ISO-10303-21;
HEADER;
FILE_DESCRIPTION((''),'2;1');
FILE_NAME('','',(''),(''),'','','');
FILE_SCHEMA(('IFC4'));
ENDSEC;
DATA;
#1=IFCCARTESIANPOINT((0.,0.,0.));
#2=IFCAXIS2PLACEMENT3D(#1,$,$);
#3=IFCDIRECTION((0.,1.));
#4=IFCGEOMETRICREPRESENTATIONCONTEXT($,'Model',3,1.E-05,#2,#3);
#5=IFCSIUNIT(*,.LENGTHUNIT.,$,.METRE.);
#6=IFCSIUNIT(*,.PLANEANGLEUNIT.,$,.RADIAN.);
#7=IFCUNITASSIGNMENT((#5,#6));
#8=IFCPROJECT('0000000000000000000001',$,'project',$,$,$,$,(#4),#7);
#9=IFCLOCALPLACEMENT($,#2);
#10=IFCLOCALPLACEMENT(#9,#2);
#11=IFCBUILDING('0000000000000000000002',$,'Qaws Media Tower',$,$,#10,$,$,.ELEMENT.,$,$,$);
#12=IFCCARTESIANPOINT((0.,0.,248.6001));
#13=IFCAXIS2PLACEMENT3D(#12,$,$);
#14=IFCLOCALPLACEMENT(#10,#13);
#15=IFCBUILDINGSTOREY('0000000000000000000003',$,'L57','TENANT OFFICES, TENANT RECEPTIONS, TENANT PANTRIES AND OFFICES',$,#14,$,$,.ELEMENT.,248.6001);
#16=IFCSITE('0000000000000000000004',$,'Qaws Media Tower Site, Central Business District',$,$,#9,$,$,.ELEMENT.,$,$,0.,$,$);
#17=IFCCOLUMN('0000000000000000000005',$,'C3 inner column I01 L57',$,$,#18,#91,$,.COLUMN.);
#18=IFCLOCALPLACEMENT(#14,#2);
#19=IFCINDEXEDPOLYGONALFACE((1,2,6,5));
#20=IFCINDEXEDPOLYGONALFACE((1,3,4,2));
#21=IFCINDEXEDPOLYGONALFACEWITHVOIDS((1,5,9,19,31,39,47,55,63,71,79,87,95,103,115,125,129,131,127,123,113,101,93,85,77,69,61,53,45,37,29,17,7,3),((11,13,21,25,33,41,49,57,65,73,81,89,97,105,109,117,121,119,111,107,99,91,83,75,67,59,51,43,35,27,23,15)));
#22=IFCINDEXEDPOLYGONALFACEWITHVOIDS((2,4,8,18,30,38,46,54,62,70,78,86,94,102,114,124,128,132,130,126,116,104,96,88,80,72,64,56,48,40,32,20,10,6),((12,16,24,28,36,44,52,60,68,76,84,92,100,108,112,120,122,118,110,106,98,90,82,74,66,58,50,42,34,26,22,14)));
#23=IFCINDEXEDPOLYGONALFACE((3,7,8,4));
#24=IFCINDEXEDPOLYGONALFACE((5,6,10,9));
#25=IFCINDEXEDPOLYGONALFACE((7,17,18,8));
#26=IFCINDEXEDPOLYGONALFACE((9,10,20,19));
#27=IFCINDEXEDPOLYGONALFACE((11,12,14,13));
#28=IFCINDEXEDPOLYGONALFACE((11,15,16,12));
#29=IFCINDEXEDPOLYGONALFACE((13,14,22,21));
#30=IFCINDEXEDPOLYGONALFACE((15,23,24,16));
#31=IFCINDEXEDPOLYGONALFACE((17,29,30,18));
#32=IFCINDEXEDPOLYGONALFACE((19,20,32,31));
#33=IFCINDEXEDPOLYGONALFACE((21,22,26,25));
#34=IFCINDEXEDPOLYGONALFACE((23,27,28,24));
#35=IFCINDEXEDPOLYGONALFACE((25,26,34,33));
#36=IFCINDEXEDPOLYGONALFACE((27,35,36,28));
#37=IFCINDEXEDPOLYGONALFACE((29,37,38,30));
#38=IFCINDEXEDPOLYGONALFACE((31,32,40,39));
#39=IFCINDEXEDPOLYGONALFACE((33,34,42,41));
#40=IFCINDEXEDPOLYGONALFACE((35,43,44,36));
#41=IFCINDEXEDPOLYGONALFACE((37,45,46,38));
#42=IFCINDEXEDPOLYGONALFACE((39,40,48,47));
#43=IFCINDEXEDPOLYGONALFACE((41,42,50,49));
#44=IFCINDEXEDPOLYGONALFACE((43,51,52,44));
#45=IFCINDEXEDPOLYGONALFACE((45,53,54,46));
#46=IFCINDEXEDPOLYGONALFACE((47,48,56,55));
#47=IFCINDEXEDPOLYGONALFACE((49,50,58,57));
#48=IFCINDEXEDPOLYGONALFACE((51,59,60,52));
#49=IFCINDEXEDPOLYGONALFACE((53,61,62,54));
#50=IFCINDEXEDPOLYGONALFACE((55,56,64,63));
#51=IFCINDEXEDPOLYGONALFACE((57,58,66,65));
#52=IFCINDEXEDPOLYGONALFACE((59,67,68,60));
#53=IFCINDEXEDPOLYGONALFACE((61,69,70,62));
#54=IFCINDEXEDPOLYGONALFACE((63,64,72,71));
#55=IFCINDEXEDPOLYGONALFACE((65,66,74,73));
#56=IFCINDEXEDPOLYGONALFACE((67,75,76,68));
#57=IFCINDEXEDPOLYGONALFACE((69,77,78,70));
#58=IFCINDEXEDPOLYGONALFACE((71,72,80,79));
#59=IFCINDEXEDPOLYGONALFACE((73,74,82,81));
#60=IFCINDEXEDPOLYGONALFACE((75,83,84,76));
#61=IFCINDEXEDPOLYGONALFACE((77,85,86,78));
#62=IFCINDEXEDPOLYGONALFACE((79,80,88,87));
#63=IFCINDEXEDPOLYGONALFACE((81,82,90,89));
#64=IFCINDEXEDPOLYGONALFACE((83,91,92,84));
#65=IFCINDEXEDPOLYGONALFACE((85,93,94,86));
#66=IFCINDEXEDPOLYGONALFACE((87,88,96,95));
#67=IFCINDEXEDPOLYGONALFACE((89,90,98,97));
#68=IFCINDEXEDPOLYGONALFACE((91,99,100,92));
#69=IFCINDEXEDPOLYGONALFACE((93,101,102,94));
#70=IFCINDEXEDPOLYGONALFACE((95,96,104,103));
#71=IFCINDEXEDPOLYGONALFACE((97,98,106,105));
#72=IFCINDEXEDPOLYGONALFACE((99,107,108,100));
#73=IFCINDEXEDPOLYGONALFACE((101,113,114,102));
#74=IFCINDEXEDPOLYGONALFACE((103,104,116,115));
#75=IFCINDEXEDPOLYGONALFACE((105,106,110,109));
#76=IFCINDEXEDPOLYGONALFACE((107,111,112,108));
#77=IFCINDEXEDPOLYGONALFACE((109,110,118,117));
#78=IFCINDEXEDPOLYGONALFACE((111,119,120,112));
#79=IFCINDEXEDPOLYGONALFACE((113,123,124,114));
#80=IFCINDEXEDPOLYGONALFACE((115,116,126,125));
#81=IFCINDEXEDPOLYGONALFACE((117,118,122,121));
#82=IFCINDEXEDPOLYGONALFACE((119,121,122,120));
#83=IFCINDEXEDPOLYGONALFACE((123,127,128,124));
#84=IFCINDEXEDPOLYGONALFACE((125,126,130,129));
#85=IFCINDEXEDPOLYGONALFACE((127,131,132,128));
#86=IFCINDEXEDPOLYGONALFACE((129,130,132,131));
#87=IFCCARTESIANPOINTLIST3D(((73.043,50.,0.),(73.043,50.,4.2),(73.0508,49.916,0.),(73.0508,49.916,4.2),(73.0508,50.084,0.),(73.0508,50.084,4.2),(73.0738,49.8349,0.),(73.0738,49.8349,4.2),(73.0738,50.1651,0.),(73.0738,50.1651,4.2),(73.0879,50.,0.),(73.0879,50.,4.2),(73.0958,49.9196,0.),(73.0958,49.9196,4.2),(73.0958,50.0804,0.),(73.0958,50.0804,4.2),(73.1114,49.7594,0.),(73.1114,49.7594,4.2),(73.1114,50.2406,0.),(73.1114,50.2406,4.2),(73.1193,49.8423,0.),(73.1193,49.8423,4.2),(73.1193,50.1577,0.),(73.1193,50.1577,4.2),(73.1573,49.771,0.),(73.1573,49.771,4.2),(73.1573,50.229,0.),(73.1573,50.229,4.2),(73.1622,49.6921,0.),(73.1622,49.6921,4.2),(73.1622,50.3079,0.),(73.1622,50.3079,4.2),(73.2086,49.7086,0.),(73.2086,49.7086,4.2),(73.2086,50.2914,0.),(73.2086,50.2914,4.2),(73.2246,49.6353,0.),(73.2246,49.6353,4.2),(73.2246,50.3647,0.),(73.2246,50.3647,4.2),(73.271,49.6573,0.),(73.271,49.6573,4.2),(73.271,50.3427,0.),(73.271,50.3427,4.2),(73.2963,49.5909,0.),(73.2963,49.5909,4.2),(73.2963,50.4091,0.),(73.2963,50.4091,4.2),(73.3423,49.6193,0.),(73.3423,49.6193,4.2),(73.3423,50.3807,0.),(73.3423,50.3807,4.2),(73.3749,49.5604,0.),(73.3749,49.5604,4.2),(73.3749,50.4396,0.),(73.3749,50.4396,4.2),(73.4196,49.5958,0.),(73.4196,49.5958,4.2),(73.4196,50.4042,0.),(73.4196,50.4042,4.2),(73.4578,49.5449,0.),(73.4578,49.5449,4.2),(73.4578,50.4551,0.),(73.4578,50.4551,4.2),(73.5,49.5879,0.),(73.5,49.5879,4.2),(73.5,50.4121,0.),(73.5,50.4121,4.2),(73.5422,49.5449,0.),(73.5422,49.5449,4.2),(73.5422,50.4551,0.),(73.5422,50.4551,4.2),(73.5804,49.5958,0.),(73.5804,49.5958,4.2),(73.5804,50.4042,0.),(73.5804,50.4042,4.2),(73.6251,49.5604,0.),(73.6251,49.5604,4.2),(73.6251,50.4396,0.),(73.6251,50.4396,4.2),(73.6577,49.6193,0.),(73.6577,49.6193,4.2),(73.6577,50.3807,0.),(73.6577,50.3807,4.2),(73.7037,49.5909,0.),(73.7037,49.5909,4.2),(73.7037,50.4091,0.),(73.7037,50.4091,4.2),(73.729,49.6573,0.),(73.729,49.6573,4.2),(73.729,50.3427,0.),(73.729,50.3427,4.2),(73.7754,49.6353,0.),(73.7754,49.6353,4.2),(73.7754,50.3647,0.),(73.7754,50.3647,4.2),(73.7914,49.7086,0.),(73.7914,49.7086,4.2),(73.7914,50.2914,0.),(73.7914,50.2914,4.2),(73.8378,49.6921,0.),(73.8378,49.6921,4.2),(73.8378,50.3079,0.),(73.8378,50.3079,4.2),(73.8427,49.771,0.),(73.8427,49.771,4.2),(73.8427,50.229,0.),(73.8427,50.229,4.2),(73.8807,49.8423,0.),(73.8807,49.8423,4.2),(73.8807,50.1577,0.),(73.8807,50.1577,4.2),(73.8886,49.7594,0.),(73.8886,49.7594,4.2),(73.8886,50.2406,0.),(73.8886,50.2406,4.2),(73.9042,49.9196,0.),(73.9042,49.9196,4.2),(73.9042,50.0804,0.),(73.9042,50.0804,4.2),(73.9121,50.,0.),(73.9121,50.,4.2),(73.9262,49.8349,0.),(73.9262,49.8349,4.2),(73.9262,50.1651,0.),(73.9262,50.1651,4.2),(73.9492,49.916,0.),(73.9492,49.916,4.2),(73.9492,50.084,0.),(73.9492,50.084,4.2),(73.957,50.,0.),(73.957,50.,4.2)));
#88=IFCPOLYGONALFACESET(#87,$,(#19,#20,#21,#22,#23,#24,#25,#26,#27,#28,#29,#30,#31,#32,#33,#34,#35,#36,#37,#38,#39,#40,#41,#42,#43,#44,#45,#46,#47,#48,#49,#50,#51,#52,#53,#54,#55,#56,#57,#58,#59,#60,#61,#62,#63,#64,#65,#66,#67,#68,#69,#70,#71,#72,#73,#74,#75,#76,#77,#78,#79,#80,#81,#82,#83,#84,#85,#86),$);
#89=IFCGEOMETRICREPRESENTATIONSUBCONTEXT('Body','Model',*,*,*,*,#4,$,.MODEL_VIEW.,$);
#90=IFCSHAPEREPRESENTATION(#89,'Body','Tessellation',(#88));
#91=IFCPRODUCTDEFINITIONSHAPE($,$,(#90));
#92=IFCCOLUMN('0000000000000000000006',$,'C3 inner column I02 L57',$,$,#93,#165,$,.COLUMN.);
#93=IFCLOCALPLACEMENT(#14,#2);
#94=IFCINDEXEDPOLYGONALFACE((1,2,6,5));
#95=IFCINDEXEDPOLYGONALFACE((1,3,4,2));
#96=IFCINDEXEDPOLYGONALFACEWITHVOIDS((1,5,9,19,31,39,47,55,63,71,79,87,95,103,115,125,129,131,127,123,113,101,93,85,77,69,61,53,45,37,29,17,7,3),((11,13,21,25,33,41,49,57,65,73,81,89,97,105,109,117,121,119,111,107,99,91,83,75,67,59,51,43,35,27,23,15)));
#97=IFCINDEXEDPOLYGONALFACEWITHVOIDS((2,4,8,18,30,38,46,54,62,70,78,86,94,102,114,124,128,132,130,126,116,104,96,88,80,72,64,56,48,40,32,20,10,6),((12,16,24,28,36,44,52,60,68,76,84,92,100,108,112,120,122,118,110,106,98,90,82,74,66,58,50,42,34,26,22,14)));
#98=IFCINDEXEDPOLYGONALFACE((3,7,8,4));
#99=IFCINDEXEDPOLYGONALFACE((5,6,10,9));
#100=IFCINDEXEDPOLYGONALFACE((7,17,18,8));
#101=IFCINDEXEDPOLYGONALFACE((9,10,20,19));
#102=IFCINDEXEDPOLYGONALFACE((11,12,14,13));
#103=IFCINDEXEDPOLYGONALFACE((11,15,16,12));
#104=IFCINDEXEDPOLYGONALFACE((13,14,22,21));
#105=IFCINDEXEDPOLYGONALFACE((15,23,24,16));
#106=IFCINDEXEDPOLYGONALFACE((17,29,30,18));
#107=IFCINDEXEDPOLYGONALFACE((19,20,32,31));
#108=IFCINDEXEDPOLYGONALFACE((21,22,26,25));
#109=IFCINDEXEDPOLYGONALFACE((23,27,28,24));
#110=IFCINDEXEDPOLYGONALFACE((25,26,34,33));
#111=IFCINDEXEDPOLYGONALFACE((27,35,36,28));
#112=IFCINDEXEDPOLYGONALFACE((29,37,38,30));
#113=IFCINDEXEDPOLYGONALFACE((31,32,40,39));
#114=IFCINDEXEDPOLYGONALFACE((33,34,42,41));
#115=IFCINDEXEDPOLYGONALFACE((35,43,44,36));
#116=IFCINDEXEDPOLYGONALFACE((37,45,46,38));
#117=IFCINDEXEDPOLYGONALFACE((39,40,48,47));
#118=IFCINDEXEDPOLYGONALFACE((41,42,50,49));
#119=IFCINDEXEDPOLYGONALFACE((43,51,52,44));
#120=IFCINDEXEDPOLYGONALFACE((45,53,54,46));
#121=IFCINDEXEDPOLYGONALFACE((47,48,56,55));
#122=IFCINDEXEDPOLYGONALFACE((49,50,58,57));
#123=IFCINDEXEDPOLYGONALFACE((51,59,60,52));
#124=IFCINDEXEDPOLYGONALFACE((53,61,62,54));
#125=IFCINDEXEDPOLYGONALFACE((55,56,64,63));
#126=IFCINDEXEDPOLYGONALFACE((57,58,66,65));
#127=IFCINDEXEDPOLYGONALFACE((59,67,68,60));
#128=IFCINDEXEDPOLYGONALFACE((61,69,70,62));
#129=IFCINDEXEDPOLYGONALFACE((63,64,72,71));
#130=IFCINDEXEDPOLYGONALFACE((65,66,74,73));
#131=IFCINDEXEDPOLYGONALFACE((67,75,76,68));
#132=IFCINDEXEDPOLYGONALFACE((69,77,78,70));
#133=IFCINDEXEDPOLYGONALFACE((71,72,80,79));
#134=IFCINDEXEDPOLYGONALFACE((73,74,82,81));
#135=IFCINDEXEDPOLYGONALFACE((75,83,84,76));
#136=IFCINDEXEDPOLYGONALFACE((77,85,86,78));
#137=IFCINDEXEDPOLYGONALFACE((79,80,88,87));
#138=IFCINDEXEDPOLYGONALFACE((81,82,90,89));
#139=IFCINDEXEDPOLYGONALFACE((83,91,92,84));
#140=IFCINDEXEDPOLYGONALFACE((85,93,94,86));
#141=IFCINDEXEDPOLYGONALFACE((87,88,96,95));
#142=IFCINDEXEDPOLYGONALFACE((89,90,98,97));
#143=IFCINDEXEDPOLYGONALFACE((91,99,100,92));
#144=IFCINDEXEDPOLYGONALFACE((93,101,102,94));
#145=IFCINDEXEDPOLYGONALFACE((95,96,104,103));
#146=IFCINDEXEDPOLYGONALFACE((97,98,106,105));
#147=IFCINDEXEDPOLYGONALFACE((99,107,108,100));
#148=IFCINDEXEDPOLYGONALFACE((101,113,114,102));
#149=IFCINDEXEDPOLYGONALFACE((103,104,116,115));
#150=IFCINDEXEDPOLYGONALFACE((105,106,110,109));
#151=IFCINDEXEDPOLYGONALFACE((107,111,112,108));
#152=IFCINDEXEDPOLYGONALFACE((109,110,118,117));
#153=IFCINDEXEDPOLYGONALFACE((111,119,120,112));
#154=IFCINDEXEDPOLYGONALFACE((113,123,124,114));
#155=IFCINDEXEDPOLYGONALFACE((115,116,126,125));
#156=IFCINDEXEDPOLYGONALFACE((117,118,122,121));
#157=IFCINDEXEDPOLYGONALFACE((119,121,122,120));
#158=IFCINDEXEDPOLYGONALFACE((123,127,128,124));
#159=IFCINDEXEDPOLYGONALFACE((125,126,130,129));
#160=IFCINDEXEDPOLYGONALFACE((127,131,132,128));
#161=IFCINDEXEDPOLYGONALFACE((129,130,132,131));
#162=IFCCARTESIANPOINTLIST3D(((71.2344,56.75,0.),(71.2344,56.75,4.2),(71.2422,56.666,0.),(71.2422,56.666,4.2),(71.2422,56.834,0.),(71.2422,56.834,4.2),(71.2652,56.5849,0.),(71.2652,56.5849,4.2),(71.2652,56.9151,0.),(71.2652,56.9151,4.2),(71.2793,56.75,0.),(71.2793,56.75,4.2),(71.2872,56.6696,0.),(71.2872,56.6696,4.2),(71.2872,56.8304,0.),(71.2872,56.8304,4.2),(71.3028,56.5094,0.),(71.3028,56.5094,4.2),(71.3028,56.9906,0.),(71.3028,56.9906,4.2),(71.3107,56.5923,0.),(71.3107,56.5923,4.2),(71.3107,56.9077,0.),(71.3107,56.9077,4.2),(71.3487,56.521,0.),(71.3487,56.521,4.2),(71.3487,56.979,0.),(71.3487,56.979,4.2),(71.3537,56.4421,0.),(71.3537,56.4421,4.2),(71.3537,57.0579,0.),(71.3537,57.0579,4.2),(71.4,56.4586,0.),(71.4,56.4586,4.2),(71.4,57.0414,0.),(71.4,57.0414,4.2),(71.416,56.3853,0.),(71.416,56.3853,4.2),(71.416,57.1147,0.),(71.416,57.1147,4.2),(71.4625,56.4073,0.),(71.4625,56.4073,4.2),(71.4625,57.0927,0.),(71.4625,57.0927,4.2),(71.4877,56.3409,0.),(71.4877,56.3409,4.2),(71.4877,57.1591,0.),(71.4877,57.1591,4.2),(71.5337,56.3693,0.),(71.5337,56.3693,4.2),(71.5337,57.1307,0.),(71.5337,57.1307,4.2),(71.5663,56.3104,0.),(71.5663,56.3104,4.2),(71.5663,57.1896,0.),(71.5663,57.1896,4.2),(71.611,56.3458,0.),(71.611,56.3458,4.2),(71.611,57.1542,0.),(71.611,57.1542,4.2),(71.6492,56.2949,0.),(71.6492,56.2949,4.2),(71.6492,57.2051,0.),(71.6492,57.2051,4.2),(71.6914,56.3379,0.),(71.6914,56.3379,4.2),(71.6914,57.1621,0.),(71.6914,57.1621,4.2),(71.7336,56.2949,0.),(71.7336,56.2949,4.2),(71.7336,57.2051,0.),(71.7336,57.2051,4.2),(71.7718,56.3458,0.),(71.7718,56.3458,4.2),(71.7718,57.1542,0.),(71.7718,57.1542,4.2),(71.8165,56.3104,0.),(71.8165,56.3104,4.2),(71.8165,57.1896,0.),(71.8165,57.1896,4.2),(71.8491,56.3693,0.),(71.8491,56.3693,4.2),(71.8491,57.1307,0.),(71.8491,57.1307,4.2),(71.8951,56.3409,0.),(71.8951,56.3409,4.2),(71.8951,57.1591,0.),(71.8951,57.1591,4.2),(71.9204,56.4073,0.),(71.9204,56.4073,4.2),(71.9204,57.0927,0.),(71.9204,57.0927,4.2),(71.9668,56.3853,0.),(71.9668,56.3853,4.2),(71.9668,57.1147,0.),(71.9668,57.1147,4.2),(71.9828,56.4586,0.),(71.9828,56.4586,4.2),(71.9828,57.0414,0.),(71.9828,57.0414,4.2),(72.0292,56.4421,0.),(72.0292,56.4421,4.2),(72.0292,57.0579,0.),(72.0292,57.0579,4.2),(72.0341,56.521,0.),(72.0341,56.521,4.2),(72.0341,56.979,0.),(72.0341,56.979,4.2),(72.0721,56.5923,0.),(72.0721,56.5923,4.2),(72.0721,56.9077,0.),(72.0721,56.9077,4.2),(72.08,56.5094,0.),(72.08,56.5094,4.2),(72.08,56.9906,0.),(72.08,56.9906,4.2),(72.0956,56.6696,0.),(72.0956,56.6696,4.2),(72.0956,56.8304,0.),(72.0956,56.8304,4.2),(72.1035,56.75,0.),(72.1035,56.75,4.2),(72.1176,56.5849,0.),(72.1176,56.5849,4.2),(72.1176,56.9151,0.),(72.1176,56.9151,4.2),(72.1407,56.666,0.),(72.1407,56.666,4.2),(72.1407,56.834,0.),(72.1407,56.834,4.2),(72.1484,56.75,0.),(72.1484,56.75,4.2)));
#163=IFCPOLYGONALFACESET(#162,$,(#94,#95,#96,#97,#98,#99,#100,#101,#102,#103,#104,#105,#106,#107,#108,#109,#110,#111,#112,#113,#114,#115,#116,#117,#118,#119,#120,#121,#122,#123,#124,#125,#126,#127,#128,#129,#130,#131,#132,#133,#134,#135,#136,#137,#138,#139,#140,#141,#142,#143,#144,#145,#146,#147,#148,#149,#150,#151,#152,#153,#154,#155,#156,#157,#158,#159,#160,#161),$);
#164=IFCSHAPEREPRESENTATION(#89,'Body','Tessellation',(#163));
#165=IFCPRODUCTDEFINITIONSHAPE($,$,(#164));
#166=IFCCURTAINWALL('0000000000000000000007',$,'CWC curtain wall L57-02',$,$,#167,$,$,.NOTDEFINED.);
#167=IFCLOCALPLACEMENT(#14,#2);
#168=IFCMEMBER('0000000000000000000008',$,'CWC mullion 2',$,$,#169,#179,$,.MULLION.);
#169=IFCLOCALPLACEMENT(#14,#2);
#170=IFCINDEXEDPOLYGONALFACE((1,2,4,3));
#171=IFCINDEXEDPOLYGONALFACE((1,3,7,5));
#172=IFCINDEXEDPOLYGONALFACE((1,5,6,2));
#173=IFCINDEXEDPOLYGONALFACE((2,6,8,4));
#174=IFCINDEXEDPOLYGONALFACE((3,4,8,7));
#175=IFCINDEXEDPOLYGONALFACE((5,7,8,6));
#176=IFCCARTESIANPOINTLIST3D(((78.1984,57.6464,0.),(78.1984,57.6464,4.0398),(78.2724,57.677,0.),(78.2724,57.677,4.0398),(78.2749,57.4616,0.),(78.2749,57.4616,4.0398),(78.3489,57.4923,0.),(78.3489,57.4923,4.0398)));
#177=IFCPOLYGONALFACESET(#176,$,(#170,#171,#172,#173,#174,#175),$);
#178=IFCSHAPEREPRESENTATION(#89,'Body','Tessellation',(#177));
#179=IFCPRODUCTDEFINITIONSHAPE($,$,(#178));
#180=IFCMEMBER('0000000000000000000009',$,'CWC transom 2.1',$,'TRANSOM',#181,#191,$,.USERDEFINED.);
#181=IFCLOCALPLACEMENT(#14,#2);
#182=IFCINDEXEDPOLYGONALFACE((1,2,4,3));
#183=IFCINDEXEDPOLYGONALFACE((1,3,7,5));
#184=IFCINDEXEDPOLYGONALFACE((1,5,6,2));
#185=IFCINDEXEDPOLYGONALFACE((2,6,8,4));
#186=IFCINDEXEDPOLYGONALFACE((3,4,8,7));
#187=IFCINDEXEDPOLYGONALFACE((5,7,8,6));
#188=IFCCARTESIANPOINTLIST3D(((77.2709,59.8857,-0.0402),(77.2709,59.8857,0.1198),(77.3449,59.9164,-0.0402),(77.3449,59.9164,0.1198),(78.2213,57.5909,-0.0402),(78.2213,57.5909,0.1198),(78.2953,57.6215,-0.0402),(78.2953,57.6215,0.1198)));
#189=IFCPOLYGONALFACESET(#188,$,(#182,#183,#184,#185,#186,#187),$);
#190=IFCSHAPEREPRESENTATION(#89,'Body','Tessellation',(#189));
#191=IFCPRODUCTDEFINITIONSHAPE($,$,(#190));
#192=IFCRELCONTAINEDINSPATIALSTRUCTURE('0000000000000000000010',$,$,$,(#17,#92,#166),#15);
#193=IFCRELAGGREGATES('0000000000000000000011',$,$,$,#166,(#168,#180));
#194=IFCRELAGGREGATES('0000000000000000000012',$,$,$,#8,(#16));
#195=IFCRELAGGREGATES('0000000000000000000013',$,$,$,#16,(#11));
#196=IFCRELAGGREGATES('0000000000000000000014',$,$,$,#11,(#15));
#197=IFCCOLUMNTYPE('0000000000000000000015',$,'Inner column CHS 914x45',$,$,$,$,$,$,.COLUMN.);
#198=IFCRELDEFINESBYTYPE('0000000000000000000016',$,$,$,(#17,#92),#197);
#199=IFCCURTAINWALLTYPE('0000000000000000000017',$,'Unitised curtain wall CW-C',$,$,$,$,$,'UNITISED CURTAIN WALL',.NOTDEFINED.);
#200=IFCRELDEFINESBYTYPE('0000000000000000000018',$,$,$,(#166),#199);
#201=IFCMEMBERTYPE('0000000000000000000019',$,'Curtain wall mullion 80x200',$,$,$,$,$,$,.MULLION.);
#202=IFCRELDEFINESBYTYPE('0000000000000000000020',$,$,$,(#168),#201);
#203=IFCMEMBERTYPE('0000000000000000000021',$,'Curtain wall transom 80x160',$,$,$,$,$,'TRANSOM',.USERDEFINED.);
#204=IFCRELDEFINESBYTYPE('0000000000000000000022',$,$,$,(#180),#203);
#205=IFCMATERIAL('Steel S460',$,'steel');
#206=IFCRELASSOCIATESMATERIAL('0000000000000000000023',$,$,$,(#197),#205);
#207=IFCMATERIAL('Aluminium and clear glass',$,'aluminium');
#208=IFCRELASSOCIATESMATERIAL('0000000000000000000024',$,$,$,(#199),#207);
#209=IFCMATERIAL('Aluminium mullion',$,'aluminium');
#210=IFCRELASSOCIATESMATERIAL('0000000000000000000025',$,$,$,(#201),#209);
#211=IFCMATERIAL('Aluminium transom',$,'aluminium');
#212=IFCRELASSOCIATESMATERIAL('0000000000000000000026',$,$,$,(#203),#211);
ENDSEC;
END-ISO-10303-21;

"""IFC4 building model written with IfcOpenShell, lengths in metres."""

from ifc_helpers import new_model, si_unit, direction, frame, origin, origin_2d, place, context, subcontext, project, spatial, rectangle, hollow_circle, extrude, material, material_profile, profile_set, type_object, element, aggregate, save


model = new_model("IFC4")

# Units and contexts
model_context = context("Model", 3, precision=1e-05, world=origin(), true_north=direction((0.0, 1.0)))
body_context = subcontext(model_context, "Body", "Model", "MODEL_VIEW")
ifc_project = project(units=[si_unit("LENGTHUNIT", "METRE"), si_unit("PLANEANGLEUNIT", "RADIAN")], contexts=[model_context])

# Site, building, storey
site_placement = place(None, origin())
site = spatial("IfcSite", under=ifc_project, at=site_placement, Name="Qaws Media Tower Site, Central Business District", CompositionType="ELEMENT", RefElevation=0.0)
building_placement = place(site_placement, origin())
building = spatial("IfcBuilding", under=site, at=building_placement, Name="Qaws Media Tower", CompositionType="ELEMENT")
storey_placement = place(building_placement, frame((0.0, 0.0, 248.6001)))
storey = spatial("IfcBuildingStorey", under=building, at=storey_placement, Name="L57", Description="TENANT OFFICES, TENANT RECEPTIONS, TENANT PANTRIES AND OFFICES", CompositionType="ELEMENT", Elevation=248.6001)

# Columns
ifc_material_1 = material(Name="Steel S460", Category="steel")
ifc_material_profile_1 = material_profile(ifc_material_1, hollow_circle(Radius=0.457, WallThickness=0.0449, at=origin_2d()), Name="CHS 914x45")
ifc_profile_set_1 = profile_set([ifc_material_profile_1], Name="Steel S460")
column_type = type_object("IfcColumnType", Name="Inner column CHS 914x45", PredefinedType="COLUMN", material=ifc_profile_set_1)
for number, where, z_axis, x_axis, name in (
    (1, (73.5, 50.0, 0.0), (0.0, 0.0, 1.0), (1.0, 0.0, 0.0), "C3 inner column I01 L57"),
    (2, (71.6914, 56.75, 0.0), (0.0, 0.0, 1.0), (1.0, 0.0, 0.0), "C3 inner column I02 L57"),
):
    element("IfcColumn", number, at=place(storey_placement, frame(where, z_axis=z_axis, x_axis=x_axis)), inside=storey, type_object=column_type, Name=name, PredefinedType="COLUMN", context=body_context, shape_type="SweptSolid", body=[
        extrude(hollow_circle(Radius=0.457, WallThickness=0.0449, at=origin_2d()), origin(), (0.0, 0.0, 1.0), 4.2),
    ])

# Curtain wall, members
ifc_material_2 = material(Name="Aluminium and clear glass", Category="aluminium")
curtain_wall_type = type_object("IfcCurtainWallType", Name="Unitised curtain wall CW-C", ElementType="UNITISED CURTAIN WALL", PredefinedType="NOTDEFINED", material=ifc_material_2)
curtain_wall_placement = place(storey_placement, origin())
curtain_wall = element("IfcCurtainWall", 3, at=curtain_wall_placement, inside=storey, type_object=curtain_wall_type, Name="CWC curtain wall L57-02", PredefinedType="NOTDEFINED")
ifc_material_3 = material(Name="Aluminium mullion", Category="aluminium")
ifc_material_profile_2 = material_profile(ifc_material_3, rectangle(XDim=0.0801, YDim=0.2, at=origin_2d()), Name="80x200")
ifc_profile_set_2 = profile_set([ifc_material_profile_2], Name="Aluminium mullion")
member_type_1 = type_object("IfcMemberType", Name="Curtain wall mullion 80x200", PredefinedType="MULLION", material=ifc_profile_set_2)
member_1_placement = place(storey_placement, frame((78.2737, 57.5693, 0.0), z_axis=(0.0, 0.0, 1.0), x_axis=(-0.92388, -0.382683, 0.0)))
member_1 = element("IfcMember", 4, at=member_1_placement, type_object=member_type_1, Name="CWC mullion 2", PredefinedType="MULLION", context=body_context, shape_type="SweptSolid", body=[
    extrude(rectangle(XDim=0.0801, YDim=0.2, at=origin_2d()), origin(), (0.0, 0.0, 1.0), 4.0398),
])
ifc_material_4 = material(Name="Aluminium transom", Category="aluminium")
ifc_material_profile_3 = material_profile(ifc_material_4, rectangle(XDim=0.0801, YDim=0.1599, at=origin_2d()), Name="80x160")
ifc_profile_set_3 = profile_set([ifc_material_profile_3], Name="Aluminium transom")
member_type_2 = type_object("IfcMemberType", Name="Curtain wall transom 80x160", ElementType="TRANSOM", PredefinedType="USERDEFINED", material=ifc_profile_set_3)
member_2_placement = place(storey_placement, frame((78.2583, 57.6062, 0.0398), z_axis=(-0.382632, 0.923901, 0.0), x_axis=(-0.923901, -0.382632, 0.0)))
member_2 = element("IfcMember", 5, at=member_2_placement, type_object=member_type_2, Name="CWC transom 2.1", ObjectType="TRANSOM", PredefinedType="USERDEFINED", context=body_context, shape_type="SweptSolid", body=[
    extrude(rectangle(XDim=0.0801, YDim=0.1599, at=origin_2d()), origin(), (0.0, 0.0, 1.0), 2.4839),
])

aggregate(curtain_wall, [member_1, member_2])

save(model, "model.ifc")
